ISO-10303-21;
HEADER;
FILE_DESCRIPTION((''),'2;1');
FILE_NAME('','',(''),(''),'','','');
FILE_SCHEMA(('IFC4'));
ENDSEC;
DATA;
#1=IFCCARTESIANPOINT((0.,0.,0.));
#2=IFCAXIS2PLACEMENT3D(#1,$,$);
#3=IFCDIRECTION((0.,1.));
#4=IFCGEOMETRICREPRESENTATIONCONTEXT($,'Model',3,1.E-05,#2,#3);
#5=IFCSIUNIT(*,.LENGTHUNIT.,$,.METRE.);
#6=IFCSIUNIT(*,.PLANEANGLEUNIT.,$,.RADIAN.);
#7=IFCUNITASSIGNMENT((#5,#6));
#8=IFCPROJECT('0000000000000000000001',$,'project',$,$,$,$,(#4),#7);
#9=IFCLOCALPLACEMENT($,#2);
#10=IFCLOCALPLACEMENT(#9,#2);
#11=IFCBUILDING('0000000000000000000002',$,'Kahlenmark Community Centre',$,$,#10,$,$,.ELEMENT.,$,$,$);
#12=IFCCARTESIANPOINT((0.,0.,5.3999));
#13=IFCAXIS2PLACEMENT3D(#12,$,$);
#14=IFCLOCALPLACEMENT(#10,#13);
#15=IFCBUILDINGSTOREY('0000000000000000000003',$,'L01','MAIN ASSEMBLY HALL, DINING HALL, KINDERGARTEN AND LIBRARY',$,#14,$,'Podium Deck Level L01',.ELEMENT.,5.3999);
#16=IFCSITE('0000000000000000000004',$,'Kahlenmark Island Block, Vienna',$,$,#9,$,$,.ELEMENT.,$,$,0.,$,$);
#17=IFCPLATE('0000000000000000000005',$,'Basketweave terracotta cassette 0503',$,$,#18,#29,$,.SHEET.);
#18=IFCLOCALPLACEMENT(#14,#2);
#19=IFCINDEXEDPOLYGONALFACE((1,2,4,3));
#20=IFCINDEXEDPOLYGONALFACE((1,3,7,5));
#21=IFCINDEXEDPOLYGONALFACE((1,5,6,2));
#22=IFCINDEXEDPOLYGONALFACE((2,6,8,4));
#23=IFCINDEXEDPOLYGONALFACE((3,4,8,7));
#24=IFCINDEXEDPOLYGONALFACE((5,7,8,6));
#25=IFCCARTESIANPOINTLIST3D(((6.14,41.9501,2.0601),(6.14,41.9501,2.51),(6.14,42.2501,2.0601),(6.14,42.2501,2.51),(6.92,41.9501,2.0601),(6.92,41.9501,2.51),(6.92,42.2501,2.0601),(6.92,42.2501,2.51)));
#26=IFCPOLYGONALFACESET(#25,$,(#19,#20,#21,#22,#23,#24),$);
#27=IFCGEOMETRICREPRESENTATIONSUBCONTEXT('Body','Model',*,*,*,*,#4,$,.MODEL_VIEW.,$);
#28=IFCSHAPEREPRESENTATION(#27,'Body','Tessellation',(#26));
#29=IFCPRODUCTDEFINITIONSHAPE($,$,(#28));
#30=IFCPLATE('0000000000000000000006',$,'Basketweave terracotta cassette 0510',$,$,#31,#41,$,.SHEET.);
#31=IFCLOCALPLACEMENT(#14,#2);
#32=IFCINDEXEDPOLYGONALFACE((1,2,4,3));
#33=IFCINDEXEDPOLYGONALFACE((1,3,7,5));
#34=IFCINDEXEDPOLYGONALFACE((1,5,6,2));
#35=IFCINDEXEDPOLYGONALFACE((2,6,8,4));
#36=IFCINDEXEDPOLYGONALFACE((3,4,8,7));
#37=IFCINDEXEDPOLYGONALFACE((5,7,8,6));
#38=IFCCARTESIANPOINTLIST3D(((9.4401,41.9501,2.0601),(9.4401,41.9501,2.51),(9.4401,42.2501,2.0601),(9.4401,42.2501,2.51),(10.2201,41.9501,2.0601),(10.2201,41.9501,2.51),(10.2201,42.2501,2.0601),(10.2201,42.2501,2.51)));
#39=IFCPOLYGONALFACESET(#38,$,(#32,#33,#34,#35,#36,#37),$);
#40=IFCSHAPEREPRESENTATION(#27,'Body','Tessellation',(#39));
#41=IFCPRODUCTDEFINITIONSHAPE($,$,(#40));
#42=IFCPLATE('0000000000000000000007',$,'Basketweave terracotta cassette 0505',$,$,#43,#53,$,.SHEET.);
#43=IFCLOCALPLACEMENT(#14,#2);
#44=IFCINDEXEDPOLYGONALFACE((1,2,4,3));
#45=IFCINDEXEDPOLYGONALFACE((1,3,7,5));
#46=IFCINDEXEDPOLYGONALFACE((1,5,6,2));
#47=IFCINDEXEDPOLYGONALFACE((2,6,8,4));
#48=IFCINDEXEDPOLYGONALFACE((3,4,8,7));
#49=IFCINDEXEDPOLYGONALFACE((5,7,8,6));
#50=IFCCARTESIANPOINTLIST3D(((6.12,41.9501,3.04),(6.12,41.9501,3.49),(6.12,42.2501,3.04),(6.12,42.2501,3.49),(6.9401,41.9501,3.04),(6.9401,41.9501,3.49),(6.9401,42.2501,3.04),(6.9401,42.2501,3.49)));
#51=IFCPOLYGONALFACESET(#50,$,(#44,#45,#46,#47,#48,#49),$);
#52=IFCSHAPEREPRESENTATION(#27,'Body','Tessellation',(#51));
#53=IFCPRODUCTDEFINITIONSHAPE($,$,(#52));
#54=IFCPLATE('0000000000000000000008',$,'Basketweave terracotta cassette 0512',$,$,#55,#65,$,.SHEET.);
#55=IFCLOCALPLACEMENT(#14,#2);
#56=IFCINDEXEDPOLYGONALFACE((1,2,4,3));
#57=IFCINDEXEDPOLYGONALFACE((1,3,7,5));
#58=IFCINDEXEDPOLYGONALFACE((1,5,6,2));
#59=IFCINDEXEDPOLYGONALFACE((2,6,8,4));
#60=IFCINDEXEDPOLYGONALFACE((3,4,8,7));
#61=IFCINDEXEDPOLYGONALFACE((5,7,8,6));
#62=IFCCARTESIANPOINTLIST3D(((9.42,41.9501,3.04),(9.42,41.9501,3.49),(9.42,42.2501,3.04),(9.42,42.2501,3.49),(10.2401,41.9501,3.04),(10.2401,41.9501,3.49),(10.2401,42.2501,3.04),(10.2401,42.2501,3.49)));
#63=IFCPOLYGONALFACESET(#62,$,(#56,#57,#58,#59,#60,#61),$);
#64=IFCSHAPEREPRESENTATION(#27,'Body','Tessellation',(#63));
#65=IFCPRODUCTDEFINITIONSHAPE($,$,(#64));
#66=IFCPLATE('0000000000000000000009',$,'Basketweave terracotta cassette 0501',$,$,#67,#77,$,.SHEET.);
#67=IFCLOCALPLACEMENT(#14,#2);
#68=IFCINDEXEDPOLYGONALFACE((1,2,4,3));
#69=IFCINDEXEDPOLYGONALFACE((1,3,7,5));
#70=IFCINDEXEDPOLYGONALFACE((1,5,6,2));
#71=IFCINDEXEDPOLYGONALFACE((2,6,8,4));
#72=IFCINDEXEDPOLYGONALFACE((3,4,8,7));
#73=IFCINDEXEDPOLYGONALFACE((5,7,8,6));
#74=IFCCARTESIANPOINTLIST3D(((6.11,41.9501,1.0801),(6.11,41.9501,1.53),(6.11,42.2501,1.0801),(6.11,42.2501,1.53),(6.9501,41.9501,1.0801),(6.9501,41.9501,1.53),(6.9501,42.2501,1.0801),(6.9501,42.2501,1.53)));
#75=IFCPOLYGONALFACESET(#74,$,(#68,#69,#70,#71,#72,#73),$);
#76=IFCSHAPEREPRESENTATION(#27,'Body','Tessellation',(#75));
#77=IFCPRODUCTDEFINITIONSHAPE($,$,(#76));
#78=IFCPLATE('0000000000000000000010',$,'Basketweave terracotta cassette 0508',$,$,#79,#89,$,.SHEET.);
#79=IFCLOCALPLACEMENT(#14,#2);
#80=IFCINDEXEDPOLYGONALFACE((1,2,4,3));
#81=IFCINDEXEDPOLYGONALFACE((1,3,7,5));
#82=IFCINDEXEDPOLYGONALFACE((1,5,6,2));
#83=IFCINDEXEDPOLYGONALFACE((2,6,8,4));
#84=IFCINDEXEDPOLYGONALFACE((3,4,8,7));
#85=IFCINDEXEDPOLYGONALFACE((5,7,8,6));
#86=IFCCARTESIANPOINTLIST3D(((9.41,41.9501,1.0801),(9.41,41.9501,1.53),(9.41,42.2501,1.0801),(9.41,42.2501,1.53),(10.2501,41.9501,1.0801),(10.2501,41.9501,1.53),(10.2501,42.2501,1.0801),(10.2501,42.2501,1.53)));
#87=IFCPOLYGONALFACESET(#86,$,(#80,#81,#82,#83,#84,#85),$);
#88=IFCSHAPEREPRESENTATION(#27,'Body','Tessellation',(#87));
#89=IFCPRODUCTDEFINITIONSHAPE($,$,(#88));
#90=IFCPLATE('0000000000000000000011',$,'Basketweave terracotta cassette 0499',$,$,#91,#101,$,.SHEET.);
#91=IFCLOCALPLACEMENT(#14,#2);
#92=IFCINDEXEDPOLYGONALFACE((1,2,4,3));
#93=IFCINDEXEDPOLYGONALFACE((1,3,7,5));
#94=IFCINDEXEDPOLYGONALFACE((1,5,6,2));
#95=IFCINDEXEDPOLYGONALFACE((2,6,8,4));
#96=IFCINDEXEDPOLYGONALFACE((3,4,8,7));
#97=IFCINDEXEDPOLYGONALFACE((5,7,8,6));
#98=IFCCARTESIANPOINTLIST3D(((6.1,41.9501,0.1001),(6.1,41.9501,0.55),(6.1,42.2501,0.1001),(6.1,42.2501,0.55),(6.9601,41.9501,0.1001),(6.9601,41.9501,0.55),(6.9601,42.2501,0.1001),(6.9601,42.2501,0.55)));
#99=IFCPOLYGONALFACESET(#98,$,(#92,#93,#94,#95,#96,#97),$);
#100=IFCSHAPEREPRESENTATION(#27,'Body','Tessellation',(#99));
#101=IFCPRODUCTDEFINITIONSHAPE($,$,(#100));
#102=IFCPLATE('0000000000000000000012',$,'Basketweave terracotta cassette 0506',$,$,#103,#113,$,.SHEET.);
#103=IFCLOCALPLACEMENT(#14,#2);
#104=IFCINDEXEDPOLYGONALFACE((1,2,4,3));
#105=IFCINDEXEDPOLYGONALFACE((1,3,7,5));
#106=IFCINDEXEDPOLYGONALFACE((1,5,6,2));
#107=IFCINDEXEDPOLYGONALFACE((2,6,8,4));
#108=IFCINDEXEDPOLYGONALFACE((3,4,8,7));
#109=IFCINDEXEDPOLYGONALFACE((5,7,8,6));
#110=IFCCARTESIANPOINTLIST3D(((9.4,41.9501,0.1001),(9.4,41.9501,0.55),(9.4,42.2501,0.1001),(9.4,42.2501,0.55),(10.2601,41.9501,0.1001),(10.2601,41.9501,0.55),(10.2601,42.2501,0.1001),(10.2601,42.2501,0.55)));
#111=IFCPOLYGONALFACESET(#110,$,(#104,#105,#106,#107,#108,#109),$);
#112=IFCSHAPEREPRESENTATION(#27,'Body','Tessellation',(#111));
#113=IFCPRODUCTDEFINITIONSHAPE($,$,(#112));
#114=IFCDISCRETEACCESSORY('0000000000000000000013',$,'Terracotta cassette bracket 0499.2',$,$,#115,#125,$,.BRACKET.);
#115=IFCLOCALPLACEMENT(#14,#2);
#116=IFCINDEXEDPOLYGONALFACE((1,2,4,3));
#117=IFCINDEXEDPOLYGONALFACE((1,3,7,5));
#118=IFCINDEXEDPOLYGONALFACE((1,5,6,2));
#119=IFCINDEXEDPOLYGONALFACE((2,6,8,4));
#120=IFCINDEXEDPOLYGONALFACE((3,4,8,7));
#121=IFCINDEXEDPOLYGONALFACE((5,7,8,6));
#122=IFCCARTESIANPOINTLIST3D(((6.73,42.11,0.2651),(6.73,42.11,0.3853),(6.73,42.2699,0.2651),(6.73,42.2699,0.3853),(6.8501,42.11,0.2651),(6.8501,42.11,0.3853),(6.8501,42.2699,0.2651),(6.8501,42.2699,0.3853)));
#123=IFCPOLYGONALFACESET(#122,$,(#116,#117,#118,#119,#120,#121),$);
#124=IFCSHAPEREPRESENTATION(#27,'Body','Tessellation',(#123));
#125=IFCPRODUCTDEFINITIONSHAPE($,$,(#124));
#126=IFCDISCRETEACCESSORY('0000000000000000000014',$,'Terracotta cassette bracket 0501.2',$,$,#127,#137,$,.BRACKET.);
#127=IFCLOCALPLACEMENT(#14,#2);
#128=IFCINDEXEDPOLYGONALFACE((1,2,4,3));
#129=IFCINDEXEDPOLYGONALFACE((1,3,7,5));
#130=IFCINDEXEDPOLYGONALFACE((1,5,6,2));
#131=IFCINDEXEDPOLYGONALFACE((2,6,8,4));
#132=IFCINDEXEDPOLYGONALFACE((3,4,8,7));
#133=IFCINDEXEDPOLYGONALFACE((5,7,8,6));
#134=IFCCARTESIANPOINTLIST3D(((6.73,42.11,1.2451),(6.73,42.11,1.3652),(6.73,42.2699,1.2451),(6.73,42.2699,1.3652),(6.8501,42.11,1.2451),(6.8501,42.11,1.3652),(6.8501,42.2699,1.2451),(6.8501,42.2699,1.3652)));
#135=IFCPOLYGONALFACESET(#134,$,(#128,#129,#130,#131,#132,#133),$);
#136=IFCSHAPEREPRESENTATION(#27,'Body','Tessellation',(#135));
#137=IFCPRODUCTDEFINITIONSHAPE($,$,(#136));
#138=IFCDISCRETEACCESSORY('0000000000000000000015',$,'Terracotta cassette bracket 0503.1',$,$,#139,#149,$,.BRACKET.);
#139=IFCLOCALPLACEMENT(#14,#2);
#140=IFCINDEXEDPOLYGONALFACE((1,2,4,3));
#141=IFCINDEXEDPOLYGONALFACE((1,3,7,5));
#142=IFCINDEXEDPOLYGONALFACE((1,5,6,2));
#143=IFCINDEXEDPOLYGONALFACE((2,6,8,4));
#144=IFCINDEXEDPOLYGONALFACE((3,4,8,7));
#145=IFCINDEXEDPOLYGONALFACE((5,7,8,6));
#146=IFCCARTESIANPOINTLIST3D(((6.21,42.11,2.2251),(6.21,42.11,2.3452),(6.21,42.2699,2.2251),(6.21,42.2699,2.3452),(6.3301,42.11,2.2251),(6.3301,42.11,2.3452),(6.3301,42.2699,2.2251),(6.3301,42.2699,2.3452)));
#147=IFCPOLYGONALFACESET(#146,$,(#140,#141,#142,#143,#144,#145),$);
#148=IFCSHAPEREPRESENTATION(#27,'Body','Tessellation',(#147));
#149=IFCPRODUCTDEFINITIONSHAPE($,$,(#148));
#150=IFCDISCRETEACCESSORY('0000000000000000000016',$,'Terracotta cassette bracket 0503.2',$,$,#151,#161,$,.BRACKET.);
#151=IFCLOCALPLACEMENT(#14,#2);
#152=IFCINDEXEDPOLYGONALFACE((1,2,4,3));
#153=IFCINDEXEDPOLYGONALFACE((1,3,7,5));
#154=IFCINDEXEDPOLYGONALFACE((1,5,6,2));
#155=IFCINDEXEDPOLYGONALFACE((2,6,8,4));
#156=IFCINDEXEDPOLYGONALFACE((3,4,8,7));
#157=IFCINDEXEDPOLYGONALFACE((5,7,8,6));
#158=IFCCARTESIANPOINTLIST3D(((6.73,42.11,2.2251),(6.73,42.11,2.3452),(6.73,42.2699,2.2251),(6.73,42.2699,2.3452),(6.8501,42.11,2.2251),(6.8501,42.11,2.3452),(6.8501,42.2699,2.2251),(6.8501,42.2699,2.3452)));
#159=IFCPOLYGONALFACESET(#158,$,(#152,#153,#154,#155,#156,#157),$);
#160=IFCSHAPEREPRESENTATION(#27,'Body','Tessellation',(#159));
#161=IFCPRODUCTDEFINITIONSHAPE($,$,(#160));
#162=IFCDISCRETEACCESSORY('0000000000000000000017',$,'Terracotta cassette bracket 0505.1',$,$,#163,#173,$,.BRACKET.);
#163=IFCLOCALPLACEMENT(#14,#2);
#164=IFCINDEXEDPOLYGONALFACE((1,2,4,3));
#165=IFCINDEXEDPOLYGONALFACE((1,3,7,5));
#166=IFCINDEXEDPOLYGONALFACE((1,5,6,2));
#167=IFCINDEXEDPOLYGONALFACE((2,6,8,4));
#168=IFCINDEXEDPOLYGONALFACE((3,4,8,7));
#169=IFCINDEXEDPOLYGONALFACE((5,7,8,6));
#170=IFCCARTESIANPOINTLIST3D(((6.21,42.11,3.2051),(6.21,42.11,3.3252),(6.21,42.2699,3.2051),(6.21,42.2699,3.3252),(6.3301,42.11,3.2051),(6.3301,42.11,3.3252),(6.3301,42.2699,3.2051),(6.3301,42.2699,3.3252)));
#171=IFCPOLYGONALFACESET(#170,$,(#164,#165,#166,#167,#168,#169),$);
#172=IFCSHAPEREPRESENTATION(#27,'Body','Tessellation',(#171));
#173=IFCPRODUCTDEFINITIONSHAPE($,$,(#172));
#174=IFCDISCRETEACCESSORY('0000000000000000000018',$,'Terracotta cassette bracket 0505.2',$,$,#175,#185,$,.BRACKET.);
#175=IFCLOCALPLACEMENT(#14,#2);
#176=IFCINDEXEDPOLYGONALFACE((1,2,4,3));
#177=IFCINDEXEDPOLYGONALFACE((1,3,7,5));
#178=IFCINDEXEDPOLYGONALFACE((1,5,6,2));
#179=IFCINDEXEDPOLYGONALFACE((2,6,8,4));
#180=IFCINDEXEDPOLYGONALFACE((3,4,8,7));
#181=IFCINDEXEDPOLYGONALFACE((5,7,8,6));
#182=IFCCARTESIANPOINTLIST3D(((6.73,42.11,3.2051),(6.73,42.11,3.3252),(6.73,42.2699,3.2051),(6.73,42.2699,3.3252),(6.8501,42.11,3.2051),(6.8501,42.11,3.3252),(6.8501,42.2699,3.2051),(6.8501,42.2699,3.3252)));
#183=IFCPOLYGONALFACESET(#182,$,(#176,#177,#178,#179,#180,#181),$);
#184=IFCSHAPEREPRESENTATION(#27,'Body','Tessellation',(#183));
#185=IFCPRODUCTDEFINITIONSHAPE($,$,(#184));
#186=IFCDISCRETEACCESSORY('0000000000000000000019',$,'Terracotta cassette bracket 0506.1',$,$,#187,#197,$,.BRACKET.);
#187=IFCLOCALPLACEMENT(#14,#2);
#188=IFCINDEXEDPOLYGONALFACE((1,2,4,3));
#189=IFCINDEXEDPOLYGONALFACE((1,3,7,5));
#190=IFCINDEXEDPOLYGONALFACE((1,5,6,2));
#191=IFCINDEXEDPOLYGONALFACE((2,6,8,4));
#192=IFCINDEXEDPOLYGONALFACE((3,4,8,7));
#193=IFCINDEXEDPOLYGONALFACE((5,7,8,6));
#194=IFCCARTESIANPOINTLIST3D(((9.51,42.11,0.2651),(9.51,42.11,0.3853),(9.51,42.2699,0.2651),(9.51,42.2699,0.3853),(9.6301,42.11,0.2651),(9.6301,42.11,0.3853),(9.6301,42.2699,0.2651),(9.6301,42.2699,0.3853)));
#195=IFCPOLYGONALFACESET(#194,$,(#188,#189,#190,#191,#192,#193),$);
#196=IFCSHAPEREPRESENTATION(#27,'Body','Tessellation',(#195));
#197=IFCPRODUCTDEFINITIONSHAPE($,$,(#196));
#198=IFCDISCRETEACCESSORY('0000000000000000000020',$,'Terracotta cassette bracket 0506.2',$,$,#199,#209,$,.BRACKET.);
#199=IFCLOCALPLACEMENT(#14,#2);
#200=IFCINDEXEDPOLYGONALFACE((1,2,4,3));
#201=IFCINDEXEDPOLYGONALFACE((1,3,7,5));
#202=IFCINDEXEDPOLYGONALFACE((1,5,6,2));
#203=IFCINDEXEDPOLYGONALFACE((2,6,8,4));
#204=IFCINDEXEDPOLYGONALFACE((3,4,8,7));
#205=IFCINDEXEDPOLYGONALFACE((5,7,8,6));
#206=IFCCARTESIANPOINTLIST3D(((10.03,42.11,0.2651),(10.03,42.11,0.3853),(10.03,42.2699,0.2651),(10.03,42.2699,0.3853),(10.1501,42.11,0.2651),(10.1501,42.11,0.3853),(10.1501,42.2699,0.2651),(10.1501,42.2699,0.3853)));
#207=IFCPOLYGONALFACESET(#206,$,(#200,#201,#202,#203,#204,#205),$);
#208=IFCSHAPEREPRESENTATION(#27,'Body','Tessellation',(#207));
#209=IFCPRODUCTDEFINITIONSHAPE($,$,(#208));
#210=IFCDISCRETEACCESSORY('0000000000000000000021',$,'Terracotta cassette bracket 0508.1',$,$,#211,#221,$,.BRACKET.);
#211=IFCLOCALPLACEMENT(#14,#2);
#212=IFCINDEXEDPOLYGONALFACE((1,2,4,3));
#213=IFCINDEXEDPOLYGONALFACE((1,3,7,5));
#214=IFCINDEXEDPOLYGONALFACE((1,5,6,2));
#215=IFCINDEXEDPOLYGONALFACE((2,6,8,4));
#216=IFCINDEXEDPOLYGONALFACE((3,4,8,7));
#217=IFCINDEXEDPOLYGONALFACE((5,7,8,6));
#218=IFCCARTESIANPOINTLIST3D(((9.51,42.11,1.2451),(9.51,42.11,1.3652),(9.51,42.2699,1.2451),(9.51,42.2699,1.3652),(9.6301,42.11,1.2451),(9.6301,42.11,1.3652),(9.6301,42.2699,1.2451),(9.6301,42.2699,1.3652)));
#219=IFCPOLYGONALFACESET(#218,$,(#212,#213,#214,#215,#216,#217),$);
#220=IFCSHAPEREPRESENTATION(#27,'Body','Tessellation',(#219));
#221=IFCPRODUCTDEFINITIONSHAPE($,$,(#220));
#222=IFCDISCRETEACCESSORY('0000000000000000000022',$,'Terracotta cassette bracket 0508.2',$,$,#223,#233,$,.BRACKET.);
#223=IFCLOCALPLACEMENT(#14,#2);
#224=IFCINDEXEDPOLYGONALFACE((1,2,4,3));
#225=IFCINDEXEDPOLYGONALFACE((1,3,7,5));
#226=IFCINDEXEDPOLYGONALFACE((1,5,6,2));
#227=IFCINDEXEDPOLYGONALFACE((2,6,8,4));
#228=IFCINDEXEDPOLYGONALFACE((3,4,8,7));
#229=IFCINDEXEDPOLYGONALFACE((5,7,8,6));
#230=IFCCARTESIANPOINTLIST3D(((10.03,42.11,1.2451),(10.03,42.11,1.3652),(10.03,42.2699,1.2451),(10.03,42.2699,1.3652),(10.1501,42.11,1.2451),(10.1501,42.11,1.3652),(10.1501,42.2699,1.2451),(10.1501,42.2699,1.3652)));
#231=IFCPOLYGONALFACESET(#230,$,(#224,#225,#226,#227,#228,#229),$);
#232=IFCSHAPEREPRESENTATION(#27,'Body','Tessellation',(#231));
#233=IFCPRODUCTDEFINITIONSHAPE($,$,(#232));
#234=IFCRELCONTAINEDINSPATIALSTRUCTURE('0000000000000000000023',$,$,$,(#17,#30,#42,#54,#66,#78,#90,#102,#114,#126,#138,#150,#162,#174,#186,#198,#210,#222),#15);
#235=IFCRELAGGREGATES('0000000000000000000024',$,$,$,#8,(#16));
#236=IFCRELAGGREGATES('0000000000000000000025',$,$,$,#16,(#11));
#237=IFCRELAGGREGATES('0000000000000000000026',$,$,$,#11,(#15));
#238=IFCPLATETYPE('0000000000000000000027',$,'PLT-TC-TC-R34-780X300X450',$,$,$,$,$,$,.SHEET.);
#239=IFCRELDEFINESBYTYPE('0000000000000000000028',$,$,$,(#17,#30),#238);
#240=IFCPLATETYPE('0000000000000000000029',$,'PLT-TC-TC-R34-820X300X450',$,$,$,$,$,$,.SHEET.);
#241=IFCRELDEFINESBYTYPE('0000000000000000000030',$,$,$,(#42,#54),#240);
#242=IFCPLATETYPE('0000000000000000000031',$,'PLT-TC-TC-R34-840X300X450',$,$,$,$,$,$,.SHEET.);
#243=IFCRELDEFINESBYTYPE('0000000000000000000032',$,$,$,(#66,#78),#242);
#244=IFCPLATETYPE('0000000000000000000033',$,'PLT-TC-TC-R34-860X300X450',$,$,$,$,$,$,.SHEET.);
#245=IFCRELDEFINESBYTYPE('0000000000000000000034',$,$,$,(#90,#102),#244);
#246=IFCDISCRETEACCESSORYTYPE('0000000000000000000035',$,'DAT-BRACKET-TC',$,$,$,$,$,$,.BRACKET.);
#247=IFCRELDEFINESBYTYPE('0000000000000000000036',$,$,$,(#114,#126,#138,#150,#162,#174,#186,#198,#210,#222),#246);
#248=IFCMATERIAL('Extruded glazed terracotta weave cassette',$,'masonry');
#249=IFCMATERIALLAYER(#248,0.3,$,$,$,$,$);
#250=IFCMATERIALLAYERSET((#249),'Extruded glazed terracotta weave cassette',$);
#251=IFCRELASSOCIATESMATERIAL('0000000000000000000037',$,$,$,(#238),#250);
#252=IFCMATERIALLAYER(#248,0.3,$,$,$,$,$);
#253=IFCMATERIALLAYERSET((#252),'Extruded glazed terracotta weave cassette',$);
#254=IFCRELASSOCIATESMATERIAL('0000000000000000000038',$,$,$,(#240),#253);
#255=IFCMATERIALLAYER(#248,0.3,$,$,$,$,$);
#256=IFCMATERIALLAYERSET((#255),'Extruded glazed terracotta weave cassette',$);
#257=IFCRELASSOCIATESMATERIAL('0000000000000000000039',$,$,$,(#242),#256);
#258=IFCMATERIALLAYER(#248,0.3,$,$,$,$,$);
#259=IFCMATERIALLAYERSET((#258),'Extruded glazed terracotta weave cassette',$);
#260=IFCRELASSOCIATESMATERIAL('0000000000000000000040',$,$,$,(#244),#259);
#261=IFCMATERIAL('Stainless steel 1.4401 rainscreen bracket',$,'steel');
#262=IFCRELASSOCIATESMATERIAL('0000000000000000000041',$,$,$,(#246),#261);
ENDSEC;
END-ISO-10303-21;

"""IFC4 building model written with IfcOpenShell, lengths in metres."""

from ifc_helpers import new_model, si_unit, direction, frame, origin, origin_2d, place, context, subcontext, project, spatial, rectangle, extrude, material, layer, layer_set, type_object, element, save


model = new_model("IFC4")

# Units and contexts
model_context = context("Model", 3, precision=1e-05, world=origin(), true_north=direction((0.0, 1.0)))
body_context = subcontext(model_context, "Body", "Model", "MODEL_VIEW")
ifc_project = project(units=[si_unit("LENGTHUNIT", "METRE"), si_unit("PLANEANGLEUNIT", "RADIAN")], contexts=[model_context])

# Site, building, storey
site_placement = place(None, origin())
site = spatial("IfcSite", under=ifc_project, at=site_placement, Name="Kahlenmark Island Block, Vienna", CompositionType="ELEMENT", RefElevation=0.0)
building_placement = place(site_placement, origin())
building = spatial("IfcBuilding", under=site, at=building_placement, Name="Kahlenmark Community Centre", CompositionType="ELEMENT")
storey_placement = place(building_placement, frame((0.0, 0.0, 5.3999)))
storey = spatial("IfcBuildingStorey", under=building, at=storey_placement, Name="L01", Description="MAIN ASSEMBLY HALL, DINING HALL, KINDERGARTEN AND LIBRARY", LongName="Podium Deck Level L01", CompositionType="ELEMENT", Elevation=5.3999)

# Plates
ifc_material_1 = material(Name="Extruded glazed terracotta weave cassette", Category="masonry")
ifc_layer_1 = layer(ifc_material_1, 0.3)
ifc_layer_set_1 = layer_set([ifc_layer_1], Name="Extruded glazed terracotta weave cassette")
plate_type_1 = type_object("IfcPlateType", Name="PLT-TC-TC-R34-780X300X450", PredefinedType="SHEET", material=ifc_layer_set_1)
for number, where, z_axis, x_axis, name in (
    (1, (6.53, 42.1001, 2.0601), (0.0, 0.0, 1.0), (1.0, 0.0, 0.0), "Basketweave terracotta cassette 0503"),
    (2, (9.8301, 42.1001, 2.0601), (0.0, 0.0, 1.0), (1.0, 0.0, 0.0), "Basketweave terracotta cassette 0510"),
):
    element("IfcPlate", number, at=place(storey_placement, frame(where, z_axis=z_axis, x_axis=x_axis)), inside=storey, type_object=plate_type_1, Name=name, PredefinedType="SHEET", context=body_context, shape_type="SweptSolid", body=[
        extrude(rectangle(XDim=0.78, YDim=0.3, at=origin_2d()), origin(), (0.0, 0.0, 1.0), 0.45),
    ])
ifc_layer_2 = layer(ifc_material_1, 0.3)
ifc_layer_set_2 = layer_set([ifc_layer_2], Name="Extruded glazed terracotta weave cassette")
plate_type_2 = type_object("IfcPlateType", Name="PLT-TC-TC-R34-820X300X450", PredefinedType="SHEET", material=ifc_layer_set_2)
for number, where, z_axis, x_axis, name in (
    (3, (6.53, 42.1001, 3.04), (0.0, 0.0, 1.0), (1.0, 0.0, 0.0), "Basketweave terracotta cassette 0505"),
    (4, (9.8301, 42.1001, 3.04), (0.0, 0.0, 1.0), (1.0, 0.0, 0.0), "Basketweave terracotta cassette 0512"),
):
    element("IfcPlate", number, at=place(storey_placement, frame(where, z_axis=z_axis, x_axis=x_axis)), inside=storey, type_object=plate_type_2, Name=name, PredefinedType="SHEET", context=body_context, shape_type="SweptSolid", body=[
        extrude(rectangle(XDim=0.8201, YDim=0.3, at=origin_2d()), origin(), (0.0, 0.0, 1.0), 0.45),
    ])
ifc_layer_3 = layer(ifc_material_1, 0.3)
ifc_layer_set_3 = layer_set([ifc_layer_3], Name="Extruded glazed terracotta weave cassette")
plate_type_3 = type_object("IfcPlateType", Name="PLT-TC-TC-R34-840X300X450", PredefinedType="SHEET", material=ifc_layer_set_3)
for number, where, z_axis, x_axis, name in (
    (5, (6.53, 42.1001, 1.0801), (0.0, 0.0, 1.0), (1.0, 0.0, 0.0), "Basketweave terracotta cassette 0501"),
    (6, (9.8301, 42.1001, 1.0801), (0.0, 0.0, 1.0), (1.0, 0.0, 0.0), "Basketweave terracotta cassette 0508"),
):
    element("IfcPlate", number, at=place(storey_placement, frame(where, z_axis=z_axis, x_axis=x_axis)), inside=storey, type_object=plate_type_3, Name=name, PredefinedType="SHEET", context=body_context, shape_type="SweptSolid", body=[
        extrude(rectangle(XDim=0.8401, YDim=0.3, at=origin_2d()), origin(), (0.0, 0.0, 1.0), 0.45),
    ])
ifc_layer_4 = layer(ifc_material_1, 0.3)
ifc_layer_set_4 = layer_set([ifc_layer_4], Name="Extruded glazed terracotta weave cassette")
plate_type_4 = type_object("IfcPlateType", Name="PLT-TC-TC-R34-860X300X450", PredefinedType="SHEET", material=ifc_layer_set_4)
for number, where, z_axis, x_axis, name in (
    (7, (6.53, 42.1001, 0.1001), (0.0, 0.0, 1.0), (1.0, 0.0, 0.0), "Basketweave terracotta cassette 0499"),
    (8, (9.8301, 42.1001, 0.1001), (0.0, 0.0, 1.0), (1.0, 0.0, 0.0), "Basketweave terracotta cassette 0506"),
):
    element("IfcPlate", number, at=place(storey_placement, frame(where, z_axis=z_axis, x_axis=x_axis)), inside=storey, type_object=plate_type_4, Name=name, PredefinedType="SHEET", context=body_context, shape_type="SweptSolid", body=[
        extrude(rectangle(XDim=0.8601, YDim=0.3, at=origin_2d()), origin(), (0.0, 0.0, 1.0), 0.45),
    ])

# Discrete accessories
ifc_material_2 = material(Name="Stainless steel 1.4401 rainscreen bracket", Category="steel")
discrete_accessory_type = type_object("IfcDiscreteAccessoryType", Name="DAT-BRACKET-TC", PredefinedType="BRACKET", material=ifc_material_2)
for number, where, z_axis, x_axis, name in (
    (9, (6.79, 42.1899, 0.2651), (0.0, 0.0, 1.0), (1.0, 0.0, 0.0), "Terracotta cassette bracket 0499.2"),
    (10, (6.79, 42.1899, 1.2451), (0.0, 0.0, 1.0), (1.0, 0.0, 0.0), "Terracotta cassette bracket 0501.2"),
    (11, (6.27, 42.1899, 2.2251), (0.0, 0.0, 1.0), (1.0, 0.0, 0.0), "Terracotta cassette bracket 0503.1"),
    (12, (6.79, 42.1899, 2.2251), (0.0, 0.0, 1.0), (1.0, 0.0, 0.0), "Terracotta cassette bracket 0503.2"),
    (13, (6.27, 42.1899, 3.2051), (0.0, 0.0, 1.0), (1.0, 0.0, 0.0), "Terracotta cassette bracket 0505.1"),
    (14, (6.79, 42.1899, 3.2051), (0.0, 0.0, 1.0), (1.0, 0.0, 0.0), "Terracotta cassette bracket 0505.2"),
    (15, (9.5701, 42.1899, 0.2651), (0.0, 0.0, 1.0), (1.0, 0.0, 0.0), "Terracotta cassette bracket 0506.1"),
    (16, (10.0901, 42.1899, 0.2651), (0.0, 0.0, 1.0), (1.0, 0.0, 0.0), "Terracotta cassette bracket 0506.2"),
    (17, (9.5701, 42.1899, 1.2451), (0.0, 0.0, 1.0), (1.0, 0.0, 0.0), "Terracotta cassette bracket 0508.1"),
    (18, (10.0901, 42.1899, 1.2451), (0.0, 0.0, 1.0), (1.0, 0.0, 0.0), "Terracotta cassette bracket 0508.2"),
):
    element("IfcDiscreteAccessory", number, at=place(storey_placement, frame(where, z_axis=z_axis, x_axis=x_axis)), inside=storey, type_object=discrete_accessory_type, Name=name, PredefinedType="BRACKET", context=body_context, shape_type="SweptSolid", body=[
        extrude(rectangle(XDim=0.1201, YDim=0.1599, at=origin_2d()), origin(), (0.0, 0.0, 1.0), 0.1201),
    ])

save(model, "model.ifc")
